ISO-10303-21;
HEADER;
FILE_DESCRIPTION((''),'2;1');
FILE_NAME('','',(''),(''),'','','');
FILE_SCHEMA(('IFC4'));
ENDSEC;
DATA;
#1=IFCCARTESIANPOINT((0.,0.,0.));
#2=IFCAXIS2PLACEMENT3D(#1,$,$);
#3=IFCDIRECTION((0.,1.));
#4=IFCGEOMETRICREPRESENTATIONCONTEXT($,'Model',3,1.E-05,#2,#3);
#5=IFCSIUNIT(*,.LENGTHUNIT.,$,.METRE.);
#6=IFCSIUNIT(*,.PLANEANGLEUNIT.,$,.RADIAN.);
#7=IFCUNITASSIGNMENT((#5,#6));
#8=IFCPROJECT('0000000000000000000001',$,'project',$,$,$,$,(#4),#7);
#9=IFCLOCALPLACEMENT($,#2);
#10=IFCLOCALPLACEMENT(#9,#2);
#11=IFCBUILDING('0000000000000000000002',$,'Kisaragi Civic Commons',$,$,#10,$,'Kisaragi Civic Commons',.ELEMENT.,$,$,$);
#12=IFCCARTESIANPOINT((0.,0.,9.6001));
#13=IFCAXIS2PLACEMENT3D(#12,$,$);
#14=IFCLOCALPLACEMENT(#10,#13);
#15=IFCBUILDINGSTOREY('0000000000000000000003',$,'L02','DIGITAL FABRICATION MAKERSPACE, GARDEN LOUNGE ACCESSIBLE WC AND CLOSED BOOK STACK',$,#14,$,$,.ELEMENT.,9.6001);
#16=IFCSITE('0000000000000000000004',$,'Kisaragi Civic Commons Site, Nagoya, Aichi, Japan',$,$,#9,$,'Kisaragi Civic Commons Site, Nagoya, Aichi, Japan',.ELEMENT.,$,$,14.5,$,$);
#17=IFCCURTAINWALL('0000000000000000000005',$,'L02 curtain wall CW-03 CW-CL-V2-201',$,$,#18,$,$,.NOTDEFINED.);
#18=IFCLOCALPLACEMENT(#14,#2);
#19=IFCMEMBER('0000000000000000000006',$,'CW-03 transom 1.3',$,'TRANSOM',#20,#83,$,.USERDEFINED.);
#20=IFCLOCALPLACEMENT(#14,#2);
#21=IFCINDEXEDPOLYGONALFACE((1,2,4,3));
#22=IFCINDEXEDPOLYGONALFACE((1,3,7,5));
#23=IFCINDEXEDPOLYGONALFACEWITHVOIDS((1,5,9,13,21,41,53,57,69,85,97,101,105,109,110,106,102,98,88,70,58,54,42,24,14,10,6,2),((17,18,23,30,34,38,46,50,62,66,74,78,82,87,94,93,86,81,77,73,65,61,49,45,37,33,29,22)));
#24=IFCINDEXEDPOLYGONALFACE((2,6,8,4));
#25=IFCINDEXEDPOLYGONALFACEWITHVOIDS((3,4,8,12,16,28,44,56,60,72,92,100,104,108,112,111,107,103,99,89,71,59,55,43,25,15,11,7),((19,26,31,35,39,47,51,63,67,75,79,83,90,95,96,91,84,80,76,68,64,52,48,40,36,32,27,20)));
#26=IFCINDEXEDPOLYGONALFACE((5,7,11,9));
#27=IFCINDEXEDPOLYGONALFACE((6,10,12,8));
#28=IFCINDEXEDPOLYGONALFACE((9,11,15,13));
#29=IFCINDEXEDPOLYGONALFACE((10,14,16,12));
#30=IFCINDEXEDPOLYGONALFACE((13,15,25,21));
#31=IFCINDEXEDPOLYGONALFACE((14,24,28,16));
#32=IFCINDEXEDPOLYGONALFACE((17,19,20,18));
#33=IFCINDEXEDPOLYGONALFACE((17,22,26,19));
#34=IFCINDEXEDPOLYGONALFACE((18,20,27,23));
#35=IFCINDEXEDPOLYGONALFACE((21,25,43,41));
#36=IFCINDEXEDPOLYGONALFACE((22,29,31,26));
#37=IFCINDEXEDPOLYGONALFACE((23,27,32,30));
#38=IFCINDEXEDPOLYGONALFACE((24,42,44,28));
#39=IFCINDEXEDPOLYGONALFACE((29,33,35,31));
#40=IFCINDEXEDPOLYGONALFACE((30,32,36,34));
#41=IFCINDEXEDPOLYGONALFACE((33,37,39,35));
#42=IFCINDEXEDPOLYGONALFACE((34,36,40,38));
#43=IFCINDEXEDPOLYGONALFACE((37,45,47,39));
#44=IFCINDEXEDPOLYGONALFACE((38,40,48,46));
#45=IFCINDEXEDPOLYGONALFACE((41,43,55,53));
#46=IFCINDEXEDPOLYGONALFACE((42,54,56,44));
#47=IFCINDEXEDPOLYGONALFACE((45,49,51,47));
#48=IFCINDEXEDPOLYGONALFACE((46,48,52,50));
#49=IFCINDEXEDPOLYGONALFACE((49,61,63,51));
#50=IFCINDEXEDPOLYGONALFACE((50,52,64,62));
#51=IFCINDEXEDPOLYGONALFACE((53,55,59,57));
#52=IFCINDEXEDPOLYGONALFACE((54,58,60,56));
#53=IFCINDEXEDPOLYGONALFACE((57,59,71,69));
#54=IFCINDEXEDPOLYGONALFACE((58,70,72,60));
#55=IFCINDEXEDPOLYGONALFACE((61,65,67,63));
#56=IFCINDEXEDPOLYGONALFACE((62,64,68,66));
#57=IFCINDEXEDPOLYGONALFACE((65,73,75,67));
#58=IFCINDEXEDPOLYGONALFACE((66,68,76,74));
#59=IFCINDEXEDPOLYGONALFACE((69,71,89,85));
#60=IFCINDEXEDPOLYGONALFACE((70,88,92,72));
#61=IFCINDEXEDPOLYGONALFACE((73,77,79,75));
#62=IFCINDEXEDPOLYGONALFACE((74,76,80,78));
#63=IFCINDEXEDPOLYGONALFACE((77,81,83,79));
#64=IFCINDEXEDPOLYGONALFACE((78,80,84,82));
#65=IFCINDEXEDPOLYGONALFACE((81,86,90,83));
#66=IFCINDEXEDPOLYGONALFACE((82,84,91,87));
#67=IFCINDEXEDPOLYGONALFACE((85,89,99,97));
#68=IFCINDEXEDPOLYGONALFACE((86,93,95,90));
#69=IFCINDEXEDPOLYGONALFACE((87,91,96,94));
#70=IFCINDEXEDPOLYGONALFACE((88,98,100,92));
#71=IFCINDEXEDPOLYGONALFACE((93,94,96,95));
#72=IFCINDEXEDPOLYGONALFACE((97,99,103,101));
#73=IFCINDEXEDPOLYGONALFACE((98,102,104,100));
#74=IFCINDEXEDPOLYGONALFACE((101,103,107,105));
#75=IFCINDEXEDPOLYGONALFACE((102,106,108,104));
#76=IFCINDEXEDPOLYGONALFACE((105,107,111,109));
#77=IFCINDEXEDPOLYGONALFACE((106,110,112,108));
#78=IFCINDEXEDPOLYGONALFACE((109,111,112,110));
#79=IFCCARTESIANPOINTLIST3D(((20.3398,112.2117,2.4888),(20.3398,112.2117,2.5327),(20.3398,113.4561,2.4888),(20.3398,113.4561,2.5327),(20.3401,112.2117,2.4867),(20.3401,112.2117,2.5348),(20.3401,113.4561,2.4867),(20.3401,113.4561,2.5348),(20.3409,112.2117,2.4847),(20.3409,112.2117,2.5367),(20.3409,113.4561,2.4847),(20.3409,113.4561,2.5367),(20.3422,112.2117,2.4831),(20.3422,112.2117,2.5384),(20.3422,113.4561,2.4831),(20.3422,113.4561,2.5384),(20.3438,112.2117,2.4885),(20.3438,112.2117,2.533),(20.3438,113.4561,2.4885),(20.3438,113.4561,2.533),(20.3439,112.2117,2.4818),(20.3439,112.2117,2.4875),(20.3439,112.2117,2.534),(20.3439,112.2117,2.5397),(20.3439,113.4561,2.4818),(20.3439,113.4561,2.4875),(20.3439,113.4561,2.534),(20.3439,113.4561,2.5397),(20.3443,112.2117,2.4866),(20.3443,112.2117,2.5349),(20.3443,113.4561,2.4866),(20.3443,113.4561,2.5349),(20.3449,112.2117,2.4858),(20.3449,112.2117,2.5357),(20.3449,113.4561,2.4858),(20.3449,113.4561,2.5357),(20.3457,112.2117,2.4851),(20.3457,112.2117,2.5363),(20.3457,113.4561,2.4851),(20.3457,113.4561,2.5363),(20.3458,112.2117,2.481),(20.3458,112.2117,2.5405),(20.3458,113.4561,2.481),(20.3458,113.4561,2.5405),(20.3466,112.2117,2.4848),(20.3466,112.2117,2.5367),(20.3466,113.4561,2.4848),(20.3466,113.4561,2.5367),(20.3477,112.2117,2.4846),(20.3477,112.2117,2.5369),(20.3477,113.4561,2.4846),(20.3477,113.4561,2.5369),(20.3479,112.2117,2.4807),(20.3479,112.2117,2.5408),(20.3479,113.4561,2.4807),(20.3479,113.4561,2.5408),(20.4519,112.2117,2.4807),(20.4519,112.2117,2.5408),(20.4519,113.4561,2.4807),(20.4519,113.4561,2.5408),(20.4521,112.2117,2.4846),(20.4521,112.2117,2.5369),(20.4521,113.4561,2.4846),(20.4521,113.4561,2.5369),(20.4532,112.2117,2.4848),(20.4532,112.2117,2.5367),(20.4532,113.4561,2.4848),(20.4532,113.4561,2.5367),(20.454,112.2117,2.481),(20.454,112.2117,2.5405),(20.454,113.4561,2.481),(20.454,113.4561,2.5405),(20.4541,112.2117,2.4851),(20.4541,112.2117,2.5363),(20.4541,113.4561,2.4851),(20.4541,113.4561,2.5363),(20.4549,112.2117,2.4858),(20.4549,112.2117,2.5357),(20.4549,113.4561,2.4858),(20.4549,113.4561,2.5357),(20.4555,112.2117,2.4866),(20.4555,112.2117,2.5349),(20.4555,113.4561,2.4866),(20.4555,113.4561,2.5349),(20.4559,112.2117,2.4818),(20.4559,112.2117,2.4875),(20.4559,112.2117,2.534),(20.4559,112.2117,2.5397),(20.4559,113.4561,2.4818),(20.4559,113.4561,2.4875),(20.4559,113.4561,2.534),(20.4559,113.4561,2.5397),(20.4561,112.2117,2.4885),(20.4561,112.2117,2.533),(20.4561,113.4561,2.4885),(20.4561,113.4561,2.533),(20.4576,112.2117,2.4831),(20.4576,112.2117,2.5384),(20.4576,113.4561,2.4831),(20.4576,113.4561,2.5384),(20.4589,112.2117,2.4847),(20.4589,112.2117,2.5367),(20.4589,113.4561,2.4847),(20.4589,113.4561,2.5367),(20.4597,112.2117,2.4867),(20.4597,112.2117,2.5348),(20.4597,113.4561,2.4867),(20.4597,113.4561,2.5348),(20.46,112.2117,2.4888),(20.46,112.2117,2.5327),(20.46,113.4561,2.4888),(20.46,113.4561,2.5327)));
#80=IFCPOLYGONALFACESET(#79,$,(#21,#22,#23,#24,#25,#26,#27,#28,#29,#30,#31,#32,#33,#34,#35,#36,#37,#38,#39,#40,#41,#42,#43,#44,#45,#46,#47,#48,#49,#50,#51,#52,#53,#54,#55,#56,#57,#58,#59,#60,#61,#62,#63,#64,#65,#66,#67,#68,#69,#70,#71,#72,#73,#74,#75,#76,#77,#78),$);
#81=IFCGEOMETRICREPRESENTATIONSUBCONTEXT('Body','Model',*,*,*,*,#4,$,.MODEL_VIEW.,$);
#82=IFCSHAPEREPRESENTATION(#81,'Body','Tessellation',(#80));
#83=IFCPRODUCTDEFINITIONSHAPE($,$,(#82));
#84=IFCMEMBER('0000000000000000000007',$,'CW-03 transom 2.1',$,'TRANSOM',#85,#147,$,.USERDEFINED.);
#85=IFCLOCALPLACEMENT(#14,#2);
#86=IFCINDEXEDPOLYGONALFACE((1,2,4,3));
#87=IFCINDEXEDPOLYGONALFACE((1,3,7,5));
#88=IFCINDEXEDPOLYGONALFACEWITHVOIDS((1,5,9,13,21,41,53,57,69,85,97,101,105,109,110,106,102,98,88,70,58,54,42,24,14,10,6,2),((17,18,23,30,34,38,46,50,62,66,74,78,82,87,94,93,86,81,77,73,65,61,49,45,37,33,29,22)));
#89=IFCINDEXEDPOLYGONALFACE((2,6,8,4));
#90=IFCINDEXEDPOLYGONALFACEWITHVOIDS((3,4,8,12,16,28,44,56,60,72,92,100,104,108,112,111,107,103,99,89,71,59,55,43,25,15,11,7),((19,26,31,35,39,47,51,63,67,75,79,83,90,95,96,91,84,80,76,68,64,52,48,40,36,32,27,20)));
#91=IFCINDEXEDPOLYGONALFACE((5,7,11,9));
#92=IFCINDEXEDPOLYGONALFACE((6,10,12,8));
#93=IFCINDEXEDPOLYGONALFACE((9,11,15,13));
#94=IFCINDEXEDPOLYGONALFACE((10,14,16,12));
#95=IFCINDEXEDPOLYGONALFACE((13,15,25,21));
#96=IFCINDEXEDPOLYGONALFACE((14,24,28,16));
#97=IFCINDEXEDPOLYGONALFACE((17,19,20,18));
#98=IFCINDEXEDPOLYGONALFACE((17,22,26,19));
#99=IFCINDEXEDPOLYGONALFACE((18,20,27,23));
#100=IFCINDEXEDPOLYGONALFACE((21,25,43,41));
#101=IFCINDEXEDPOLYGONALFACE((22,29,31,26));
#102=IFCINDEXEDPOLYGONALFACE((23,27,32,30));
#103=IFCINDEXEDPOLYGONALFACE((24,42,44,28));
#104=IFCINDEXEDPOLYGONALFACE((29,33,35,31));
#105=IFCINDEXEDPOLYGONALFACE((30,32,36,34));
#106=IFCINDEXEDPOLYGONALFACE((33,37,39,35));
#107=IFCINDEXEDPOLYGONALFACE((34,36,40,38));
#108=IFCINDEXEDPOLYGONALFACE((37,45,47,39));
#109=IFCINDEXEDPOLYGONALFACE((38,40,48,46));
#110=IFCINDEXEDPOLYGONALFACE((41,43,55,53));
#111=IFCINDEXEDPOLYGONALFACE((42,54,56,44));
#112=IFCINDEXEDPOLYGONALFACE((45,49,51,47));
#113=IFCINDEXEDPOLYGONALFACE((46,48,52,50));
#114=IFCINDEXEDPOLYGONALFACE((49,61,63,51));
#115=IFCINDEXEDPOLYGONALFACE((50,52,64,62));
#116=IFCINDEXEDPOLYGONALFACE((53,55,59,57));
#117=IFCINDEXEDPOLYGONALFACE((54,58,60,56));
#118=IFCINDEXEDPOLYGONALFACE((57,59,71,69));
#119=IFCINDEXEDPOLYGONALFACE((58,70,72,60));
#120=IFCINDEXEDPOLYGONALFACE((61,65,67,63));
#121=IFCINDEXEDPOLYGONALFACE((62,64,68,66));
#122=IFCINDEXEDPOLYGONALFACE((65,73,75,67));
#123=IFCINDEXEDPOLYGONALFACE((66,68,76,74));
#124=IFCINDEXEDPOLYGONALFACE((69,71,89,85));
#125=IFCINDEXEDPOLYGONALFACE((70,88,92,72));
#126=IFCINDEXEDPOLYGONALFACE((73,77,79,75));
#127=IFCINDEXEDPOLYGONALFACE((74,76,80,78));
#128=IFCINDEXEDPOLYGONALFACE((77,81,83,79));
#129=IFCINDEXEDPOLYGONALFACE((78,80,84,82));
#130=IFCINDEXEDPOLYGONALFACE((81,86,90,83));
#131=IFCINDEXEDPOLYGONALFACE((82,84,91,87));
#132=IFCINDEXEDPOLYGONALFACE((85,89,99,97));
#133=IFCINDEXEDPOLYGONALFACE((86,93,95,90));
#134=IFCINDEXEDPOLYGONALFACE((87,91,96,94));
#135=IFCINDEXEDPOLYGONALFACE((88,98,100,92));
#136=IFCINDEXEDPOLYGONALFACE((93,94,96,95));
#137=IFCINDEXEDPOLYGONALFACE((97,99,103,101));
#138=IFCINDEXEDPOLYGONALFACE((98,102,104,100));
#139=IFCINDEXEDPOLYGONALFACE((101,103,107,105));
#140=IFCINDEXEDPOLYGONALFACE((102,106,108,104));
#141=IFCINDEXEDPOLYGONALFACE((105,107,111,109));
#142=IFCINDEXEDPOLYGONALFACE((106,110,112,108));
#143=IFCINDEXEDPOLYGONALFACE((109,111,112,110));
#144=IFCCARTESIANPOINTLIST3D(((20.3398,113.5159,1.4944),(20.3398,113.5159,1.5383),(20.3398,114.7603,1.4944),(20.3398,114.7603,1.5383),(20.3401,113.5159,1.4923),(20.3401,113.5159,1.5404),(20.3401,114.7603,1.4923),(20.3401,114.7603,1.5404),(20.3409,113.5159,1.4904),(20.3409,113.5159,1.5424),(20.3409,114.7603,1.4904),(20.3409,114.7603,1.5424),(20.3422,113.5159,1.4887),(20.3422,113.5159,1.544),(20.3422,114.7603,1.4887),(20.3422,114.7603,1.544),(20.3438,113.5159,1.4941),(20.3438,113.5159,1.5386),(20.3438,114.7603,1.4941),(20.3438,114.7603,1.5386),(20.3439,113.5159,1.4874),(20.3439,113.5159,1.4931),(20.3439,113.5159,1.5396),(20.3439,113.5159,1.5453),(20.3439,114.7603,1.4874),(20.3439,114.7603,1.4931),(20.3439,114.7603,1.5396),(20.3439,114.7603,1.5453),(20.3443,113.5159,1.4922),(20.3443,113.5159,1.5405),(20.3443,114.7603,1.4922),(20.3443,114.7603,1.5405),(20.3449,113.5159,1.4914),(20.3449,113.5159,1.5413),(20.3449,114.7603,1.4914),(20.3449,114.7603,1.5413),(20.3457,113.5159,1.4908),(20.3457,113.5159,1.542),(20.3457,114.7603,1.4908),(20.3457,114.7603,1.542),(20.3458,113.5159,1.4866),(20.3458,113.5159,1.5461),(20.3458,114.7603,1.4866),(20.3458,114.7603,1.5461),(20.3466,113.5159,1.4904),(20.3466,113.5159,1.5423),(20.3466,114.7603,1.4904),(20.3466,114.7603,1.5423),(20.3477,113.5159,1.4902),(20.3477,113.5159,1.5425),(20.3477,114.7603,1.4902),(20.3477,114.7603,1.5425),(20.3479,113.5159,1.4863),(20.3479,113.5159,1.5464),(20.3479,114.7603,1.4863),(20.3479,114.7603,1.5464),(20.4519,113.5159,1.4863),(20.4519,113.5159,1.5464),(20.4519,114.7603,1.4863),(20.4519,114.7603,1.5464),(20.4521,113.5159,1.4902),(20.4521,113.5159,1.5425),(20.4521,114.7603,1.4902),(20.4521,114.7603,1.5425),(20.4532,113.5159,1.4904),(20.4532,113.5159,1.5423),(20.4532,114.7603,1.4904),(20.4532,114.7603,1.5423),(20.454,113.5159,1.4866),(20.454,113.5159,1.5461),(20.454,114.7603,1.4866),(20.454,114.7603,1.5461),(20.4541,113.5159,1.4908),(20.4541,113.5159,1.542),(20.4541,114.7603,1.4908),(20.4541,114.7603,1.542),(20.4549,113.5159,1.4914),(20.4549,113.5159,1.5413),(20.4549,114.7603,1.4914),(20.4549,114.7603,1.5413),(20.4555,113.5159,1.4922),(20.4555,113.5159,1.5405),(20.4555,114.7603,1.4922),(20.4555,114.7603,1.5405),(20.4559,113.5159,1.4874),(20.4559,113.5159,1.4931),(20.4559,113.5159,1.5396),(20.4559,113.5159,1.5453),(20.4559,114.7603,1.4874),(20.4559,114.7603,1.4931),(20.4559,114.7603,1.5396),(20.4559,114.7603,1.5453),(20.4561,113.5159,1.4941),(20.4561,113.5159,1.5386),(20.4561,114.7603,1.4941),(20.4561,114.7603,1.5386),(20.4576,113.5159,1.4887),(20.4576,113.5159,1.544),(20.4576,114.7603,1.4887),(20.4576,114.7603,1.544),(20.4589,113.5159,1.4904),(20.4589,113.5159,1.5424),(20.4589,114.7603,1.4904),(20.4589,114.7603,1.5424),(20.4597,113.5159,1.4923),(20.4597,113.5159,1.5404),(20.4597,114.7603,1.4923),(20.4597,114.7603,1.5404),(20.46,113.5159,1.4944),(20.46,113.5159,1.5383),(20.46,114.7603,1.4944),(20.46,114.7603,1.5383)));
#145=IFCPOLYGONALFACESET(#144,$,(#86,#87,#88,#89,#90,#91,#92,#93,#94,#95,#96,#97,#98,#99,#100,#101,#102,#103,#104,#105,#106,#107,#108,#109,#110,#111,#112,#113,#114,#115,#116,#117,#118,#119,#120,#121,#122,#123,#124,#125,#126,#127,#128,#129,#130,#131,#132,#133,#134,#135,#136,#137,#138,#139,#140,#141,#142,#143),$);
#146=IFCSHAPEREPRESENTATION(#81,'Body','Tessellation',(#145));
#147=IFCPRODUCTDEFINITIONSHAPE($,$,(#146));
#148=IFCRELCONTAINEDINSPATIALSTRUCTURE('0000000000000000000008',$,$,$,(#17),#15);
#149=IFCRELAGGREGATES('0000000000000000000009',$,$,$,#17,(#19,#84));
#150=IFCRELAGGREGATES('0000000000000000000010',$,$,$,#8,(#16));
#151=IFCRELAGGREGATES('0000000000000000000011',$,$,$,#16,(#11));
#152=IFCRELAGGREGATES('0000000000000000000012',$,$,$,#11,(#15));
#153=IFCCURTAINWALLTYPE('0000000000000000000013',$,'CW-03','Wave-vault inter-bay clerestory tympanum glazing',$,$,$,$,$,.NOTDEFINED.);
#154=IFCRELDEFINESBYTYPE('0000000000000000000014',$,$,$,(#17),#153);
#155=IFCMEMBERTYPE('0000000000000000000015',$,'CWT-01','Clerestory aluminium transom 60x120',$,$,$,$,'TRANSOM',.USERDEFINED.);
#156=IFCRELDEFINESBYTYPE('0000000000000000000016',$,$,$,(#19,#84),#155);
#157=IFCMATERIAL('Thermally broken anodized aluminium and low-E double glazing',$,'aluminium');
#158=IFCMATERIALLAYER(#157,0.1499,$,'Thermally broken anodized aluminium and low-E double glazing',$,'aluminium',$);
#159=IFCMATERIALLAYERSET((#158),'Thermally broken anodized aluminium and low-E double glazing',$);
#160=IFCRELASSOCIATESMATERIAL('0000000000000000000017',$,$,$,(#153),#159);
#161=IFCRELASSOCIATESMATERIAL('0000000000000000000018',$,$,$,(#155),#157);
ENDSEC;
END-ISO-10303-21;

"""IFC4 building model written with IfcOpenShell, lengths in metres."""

from ifc_helpers import new_model, si_unit, direction, frame, origin, origin_2d, place, context, subcontext, project, spatial, hollow_rectangle, extrude, material, layer, layer_set, material_profile, profile_set, type_object, element, aggregate, save


model = new_model("IFC4")

# Units and contexts
model_context = context("Model", 3, precision=1e-05, world=origin(), true_north=direction((0.0, 1.0)))
body_context = subcontext(model_context, "Body", "Model", "MODEL_VIEW")
ifc_project = project(units=[si_unit("LENGTHUNIT", "METRE"), si_unit("PLANEANGLEUNIT", "RADIAN")], contexts=[model_context])

# Site, building, storey
site_placement = place(None, origin())
site = spatial("IfcSite", under=ifc_project, at=site_placement, Name="Kisaragi Civic Commons Site, Nagoya, Aichi, Japan", LongName="Kisaragi Civic Commons Site, Nagoya, Aichi, Japan", CompositionType="ELEMENT", RefElevation=14.5)
building_placement = place(site_placement, origin())
building = spatial("IfcBuilding", under=site, at=building_placement, Name="Kisaragi Civic Commons", LongName="Kisaragi Civic Commons", CompositionType="ELEMENT")
storey_placement = place(building_placement, frame((0.0, 0.0, 9.6001)))
storey = spatial("IfcBuildingStorey", under=building, at=storey_placement, Name="L02", Description="DIGITAL FABRICATION MAKERSPACE, GARDEN LOUNGE ACCESSIBLE WC AND CLOSED BOOK STACK", CompositionType="ELEMENT", Elevation=9.6001)

# Curtain wall, members
ifc_material_1 = material(Name="Thermally broken anodized aluminium and low-E double glazing", Category="aluminium")
ifc_layer_1 = layer(ifc_material_1, 0.1499, Name="Thermally broken anodized aluminium and low-E double glazing", Category="aluminium")
ifc_layer_set_1 = layer_set([ifc_layer_1], Name="Thermally broken anodized aluminium and low-E double glazing")
curtain_wall_type = type_object("IfcCurtainWallType", Name="CW-03", Description="Wave-vault inter-bay clerestory tympanum glazing", PredefinedType="NOTDEFINED", material=ifc_layer_set_1)
curtain_wall_placement = place(storey_placement, origin())
curtain_wall = element("IfcCurtainWall", 1, at=curtain_wall_placement, inside=storey, type_object=curtain_wall_type, Name="L02 curtain wall CW-03 CW-CL-V2-201", PredefinedType="NOTDEFINED")
ifc_material_profile_1 = material_profile(ifc_material_1, hollow_rectangle(XDim=0.1201, YDim=0.0601, WallThickness=0.0039, InnerFilletRadius=0.0039, OuterFilletRadius=0.0081, at=origin_2d()), Name="CWT-60x120x4", Category="aluminium")
ifc_profile_set_1 = profile_set([ifc_material_profile_1], Name="Thermally broken anodized aluminium and low-E double glazing")
member_type_1 = type_object("IfcMemberType", Name="CWT-01", Description="Clerestory aluminium transom 60x120", ElementType="TRANSOM", PredefinedType="USERDEFINED", material=ifc_profile_set_1)
member_1_placement = place(storey_placement, frame((20.3999, 112.2117, 2.5107), z_axis=(0.0, 1.0, 0.0), x_axis=(-1.0, 0.0, 0.0)))
member_1 = element("IfcMember", 2, at=member_1_placement, type_object=member_type_1, Name="CW-03 transom 1.3", ObjectType="TRANSOM", PredefinedType="USERDEFINED", context=body_context, shape_type="SweptSolid", body=[
    extrude(hollow_rectangle(XDim=0.1201, YDim=0.0601, WallThickness=0.0039, InnerFilletRadius=0.0039, OuterFilletRadius=0.0081, at=origin_2d()), origin(), (0.0, 0.0, 1.0), 1.2444),
])
member_2_placement = place(storey_placement, frame((20.3999, 113.5159, 1.5164), z_axis=(0.0, 1.0, 0.0), x_axis=(-1.0, 0.0, 0.0)))
member_2 = element("IfcMember", 3, at=member_2_placement, type_object=member_type_1, Name="CW-03 transom 2.1", ObjectType="TRANSOM", PredefinedType="USERDEFINED", context=body_context, shape_type="SweptSolid", body=[
    extrude(hollow_rectangle(XDim=0.1201, YDim=0.0601, WallThickness=0.0039, InnerFilletRadius=0.0039, OuterFilletRadius=0.0081, at=origin_2d()), origin(), (0.0, 0.0, 1.0), 1.2444),
])

aggregate(curtain_wall, [member_1, member_2])

save(model, "model.ifc")
